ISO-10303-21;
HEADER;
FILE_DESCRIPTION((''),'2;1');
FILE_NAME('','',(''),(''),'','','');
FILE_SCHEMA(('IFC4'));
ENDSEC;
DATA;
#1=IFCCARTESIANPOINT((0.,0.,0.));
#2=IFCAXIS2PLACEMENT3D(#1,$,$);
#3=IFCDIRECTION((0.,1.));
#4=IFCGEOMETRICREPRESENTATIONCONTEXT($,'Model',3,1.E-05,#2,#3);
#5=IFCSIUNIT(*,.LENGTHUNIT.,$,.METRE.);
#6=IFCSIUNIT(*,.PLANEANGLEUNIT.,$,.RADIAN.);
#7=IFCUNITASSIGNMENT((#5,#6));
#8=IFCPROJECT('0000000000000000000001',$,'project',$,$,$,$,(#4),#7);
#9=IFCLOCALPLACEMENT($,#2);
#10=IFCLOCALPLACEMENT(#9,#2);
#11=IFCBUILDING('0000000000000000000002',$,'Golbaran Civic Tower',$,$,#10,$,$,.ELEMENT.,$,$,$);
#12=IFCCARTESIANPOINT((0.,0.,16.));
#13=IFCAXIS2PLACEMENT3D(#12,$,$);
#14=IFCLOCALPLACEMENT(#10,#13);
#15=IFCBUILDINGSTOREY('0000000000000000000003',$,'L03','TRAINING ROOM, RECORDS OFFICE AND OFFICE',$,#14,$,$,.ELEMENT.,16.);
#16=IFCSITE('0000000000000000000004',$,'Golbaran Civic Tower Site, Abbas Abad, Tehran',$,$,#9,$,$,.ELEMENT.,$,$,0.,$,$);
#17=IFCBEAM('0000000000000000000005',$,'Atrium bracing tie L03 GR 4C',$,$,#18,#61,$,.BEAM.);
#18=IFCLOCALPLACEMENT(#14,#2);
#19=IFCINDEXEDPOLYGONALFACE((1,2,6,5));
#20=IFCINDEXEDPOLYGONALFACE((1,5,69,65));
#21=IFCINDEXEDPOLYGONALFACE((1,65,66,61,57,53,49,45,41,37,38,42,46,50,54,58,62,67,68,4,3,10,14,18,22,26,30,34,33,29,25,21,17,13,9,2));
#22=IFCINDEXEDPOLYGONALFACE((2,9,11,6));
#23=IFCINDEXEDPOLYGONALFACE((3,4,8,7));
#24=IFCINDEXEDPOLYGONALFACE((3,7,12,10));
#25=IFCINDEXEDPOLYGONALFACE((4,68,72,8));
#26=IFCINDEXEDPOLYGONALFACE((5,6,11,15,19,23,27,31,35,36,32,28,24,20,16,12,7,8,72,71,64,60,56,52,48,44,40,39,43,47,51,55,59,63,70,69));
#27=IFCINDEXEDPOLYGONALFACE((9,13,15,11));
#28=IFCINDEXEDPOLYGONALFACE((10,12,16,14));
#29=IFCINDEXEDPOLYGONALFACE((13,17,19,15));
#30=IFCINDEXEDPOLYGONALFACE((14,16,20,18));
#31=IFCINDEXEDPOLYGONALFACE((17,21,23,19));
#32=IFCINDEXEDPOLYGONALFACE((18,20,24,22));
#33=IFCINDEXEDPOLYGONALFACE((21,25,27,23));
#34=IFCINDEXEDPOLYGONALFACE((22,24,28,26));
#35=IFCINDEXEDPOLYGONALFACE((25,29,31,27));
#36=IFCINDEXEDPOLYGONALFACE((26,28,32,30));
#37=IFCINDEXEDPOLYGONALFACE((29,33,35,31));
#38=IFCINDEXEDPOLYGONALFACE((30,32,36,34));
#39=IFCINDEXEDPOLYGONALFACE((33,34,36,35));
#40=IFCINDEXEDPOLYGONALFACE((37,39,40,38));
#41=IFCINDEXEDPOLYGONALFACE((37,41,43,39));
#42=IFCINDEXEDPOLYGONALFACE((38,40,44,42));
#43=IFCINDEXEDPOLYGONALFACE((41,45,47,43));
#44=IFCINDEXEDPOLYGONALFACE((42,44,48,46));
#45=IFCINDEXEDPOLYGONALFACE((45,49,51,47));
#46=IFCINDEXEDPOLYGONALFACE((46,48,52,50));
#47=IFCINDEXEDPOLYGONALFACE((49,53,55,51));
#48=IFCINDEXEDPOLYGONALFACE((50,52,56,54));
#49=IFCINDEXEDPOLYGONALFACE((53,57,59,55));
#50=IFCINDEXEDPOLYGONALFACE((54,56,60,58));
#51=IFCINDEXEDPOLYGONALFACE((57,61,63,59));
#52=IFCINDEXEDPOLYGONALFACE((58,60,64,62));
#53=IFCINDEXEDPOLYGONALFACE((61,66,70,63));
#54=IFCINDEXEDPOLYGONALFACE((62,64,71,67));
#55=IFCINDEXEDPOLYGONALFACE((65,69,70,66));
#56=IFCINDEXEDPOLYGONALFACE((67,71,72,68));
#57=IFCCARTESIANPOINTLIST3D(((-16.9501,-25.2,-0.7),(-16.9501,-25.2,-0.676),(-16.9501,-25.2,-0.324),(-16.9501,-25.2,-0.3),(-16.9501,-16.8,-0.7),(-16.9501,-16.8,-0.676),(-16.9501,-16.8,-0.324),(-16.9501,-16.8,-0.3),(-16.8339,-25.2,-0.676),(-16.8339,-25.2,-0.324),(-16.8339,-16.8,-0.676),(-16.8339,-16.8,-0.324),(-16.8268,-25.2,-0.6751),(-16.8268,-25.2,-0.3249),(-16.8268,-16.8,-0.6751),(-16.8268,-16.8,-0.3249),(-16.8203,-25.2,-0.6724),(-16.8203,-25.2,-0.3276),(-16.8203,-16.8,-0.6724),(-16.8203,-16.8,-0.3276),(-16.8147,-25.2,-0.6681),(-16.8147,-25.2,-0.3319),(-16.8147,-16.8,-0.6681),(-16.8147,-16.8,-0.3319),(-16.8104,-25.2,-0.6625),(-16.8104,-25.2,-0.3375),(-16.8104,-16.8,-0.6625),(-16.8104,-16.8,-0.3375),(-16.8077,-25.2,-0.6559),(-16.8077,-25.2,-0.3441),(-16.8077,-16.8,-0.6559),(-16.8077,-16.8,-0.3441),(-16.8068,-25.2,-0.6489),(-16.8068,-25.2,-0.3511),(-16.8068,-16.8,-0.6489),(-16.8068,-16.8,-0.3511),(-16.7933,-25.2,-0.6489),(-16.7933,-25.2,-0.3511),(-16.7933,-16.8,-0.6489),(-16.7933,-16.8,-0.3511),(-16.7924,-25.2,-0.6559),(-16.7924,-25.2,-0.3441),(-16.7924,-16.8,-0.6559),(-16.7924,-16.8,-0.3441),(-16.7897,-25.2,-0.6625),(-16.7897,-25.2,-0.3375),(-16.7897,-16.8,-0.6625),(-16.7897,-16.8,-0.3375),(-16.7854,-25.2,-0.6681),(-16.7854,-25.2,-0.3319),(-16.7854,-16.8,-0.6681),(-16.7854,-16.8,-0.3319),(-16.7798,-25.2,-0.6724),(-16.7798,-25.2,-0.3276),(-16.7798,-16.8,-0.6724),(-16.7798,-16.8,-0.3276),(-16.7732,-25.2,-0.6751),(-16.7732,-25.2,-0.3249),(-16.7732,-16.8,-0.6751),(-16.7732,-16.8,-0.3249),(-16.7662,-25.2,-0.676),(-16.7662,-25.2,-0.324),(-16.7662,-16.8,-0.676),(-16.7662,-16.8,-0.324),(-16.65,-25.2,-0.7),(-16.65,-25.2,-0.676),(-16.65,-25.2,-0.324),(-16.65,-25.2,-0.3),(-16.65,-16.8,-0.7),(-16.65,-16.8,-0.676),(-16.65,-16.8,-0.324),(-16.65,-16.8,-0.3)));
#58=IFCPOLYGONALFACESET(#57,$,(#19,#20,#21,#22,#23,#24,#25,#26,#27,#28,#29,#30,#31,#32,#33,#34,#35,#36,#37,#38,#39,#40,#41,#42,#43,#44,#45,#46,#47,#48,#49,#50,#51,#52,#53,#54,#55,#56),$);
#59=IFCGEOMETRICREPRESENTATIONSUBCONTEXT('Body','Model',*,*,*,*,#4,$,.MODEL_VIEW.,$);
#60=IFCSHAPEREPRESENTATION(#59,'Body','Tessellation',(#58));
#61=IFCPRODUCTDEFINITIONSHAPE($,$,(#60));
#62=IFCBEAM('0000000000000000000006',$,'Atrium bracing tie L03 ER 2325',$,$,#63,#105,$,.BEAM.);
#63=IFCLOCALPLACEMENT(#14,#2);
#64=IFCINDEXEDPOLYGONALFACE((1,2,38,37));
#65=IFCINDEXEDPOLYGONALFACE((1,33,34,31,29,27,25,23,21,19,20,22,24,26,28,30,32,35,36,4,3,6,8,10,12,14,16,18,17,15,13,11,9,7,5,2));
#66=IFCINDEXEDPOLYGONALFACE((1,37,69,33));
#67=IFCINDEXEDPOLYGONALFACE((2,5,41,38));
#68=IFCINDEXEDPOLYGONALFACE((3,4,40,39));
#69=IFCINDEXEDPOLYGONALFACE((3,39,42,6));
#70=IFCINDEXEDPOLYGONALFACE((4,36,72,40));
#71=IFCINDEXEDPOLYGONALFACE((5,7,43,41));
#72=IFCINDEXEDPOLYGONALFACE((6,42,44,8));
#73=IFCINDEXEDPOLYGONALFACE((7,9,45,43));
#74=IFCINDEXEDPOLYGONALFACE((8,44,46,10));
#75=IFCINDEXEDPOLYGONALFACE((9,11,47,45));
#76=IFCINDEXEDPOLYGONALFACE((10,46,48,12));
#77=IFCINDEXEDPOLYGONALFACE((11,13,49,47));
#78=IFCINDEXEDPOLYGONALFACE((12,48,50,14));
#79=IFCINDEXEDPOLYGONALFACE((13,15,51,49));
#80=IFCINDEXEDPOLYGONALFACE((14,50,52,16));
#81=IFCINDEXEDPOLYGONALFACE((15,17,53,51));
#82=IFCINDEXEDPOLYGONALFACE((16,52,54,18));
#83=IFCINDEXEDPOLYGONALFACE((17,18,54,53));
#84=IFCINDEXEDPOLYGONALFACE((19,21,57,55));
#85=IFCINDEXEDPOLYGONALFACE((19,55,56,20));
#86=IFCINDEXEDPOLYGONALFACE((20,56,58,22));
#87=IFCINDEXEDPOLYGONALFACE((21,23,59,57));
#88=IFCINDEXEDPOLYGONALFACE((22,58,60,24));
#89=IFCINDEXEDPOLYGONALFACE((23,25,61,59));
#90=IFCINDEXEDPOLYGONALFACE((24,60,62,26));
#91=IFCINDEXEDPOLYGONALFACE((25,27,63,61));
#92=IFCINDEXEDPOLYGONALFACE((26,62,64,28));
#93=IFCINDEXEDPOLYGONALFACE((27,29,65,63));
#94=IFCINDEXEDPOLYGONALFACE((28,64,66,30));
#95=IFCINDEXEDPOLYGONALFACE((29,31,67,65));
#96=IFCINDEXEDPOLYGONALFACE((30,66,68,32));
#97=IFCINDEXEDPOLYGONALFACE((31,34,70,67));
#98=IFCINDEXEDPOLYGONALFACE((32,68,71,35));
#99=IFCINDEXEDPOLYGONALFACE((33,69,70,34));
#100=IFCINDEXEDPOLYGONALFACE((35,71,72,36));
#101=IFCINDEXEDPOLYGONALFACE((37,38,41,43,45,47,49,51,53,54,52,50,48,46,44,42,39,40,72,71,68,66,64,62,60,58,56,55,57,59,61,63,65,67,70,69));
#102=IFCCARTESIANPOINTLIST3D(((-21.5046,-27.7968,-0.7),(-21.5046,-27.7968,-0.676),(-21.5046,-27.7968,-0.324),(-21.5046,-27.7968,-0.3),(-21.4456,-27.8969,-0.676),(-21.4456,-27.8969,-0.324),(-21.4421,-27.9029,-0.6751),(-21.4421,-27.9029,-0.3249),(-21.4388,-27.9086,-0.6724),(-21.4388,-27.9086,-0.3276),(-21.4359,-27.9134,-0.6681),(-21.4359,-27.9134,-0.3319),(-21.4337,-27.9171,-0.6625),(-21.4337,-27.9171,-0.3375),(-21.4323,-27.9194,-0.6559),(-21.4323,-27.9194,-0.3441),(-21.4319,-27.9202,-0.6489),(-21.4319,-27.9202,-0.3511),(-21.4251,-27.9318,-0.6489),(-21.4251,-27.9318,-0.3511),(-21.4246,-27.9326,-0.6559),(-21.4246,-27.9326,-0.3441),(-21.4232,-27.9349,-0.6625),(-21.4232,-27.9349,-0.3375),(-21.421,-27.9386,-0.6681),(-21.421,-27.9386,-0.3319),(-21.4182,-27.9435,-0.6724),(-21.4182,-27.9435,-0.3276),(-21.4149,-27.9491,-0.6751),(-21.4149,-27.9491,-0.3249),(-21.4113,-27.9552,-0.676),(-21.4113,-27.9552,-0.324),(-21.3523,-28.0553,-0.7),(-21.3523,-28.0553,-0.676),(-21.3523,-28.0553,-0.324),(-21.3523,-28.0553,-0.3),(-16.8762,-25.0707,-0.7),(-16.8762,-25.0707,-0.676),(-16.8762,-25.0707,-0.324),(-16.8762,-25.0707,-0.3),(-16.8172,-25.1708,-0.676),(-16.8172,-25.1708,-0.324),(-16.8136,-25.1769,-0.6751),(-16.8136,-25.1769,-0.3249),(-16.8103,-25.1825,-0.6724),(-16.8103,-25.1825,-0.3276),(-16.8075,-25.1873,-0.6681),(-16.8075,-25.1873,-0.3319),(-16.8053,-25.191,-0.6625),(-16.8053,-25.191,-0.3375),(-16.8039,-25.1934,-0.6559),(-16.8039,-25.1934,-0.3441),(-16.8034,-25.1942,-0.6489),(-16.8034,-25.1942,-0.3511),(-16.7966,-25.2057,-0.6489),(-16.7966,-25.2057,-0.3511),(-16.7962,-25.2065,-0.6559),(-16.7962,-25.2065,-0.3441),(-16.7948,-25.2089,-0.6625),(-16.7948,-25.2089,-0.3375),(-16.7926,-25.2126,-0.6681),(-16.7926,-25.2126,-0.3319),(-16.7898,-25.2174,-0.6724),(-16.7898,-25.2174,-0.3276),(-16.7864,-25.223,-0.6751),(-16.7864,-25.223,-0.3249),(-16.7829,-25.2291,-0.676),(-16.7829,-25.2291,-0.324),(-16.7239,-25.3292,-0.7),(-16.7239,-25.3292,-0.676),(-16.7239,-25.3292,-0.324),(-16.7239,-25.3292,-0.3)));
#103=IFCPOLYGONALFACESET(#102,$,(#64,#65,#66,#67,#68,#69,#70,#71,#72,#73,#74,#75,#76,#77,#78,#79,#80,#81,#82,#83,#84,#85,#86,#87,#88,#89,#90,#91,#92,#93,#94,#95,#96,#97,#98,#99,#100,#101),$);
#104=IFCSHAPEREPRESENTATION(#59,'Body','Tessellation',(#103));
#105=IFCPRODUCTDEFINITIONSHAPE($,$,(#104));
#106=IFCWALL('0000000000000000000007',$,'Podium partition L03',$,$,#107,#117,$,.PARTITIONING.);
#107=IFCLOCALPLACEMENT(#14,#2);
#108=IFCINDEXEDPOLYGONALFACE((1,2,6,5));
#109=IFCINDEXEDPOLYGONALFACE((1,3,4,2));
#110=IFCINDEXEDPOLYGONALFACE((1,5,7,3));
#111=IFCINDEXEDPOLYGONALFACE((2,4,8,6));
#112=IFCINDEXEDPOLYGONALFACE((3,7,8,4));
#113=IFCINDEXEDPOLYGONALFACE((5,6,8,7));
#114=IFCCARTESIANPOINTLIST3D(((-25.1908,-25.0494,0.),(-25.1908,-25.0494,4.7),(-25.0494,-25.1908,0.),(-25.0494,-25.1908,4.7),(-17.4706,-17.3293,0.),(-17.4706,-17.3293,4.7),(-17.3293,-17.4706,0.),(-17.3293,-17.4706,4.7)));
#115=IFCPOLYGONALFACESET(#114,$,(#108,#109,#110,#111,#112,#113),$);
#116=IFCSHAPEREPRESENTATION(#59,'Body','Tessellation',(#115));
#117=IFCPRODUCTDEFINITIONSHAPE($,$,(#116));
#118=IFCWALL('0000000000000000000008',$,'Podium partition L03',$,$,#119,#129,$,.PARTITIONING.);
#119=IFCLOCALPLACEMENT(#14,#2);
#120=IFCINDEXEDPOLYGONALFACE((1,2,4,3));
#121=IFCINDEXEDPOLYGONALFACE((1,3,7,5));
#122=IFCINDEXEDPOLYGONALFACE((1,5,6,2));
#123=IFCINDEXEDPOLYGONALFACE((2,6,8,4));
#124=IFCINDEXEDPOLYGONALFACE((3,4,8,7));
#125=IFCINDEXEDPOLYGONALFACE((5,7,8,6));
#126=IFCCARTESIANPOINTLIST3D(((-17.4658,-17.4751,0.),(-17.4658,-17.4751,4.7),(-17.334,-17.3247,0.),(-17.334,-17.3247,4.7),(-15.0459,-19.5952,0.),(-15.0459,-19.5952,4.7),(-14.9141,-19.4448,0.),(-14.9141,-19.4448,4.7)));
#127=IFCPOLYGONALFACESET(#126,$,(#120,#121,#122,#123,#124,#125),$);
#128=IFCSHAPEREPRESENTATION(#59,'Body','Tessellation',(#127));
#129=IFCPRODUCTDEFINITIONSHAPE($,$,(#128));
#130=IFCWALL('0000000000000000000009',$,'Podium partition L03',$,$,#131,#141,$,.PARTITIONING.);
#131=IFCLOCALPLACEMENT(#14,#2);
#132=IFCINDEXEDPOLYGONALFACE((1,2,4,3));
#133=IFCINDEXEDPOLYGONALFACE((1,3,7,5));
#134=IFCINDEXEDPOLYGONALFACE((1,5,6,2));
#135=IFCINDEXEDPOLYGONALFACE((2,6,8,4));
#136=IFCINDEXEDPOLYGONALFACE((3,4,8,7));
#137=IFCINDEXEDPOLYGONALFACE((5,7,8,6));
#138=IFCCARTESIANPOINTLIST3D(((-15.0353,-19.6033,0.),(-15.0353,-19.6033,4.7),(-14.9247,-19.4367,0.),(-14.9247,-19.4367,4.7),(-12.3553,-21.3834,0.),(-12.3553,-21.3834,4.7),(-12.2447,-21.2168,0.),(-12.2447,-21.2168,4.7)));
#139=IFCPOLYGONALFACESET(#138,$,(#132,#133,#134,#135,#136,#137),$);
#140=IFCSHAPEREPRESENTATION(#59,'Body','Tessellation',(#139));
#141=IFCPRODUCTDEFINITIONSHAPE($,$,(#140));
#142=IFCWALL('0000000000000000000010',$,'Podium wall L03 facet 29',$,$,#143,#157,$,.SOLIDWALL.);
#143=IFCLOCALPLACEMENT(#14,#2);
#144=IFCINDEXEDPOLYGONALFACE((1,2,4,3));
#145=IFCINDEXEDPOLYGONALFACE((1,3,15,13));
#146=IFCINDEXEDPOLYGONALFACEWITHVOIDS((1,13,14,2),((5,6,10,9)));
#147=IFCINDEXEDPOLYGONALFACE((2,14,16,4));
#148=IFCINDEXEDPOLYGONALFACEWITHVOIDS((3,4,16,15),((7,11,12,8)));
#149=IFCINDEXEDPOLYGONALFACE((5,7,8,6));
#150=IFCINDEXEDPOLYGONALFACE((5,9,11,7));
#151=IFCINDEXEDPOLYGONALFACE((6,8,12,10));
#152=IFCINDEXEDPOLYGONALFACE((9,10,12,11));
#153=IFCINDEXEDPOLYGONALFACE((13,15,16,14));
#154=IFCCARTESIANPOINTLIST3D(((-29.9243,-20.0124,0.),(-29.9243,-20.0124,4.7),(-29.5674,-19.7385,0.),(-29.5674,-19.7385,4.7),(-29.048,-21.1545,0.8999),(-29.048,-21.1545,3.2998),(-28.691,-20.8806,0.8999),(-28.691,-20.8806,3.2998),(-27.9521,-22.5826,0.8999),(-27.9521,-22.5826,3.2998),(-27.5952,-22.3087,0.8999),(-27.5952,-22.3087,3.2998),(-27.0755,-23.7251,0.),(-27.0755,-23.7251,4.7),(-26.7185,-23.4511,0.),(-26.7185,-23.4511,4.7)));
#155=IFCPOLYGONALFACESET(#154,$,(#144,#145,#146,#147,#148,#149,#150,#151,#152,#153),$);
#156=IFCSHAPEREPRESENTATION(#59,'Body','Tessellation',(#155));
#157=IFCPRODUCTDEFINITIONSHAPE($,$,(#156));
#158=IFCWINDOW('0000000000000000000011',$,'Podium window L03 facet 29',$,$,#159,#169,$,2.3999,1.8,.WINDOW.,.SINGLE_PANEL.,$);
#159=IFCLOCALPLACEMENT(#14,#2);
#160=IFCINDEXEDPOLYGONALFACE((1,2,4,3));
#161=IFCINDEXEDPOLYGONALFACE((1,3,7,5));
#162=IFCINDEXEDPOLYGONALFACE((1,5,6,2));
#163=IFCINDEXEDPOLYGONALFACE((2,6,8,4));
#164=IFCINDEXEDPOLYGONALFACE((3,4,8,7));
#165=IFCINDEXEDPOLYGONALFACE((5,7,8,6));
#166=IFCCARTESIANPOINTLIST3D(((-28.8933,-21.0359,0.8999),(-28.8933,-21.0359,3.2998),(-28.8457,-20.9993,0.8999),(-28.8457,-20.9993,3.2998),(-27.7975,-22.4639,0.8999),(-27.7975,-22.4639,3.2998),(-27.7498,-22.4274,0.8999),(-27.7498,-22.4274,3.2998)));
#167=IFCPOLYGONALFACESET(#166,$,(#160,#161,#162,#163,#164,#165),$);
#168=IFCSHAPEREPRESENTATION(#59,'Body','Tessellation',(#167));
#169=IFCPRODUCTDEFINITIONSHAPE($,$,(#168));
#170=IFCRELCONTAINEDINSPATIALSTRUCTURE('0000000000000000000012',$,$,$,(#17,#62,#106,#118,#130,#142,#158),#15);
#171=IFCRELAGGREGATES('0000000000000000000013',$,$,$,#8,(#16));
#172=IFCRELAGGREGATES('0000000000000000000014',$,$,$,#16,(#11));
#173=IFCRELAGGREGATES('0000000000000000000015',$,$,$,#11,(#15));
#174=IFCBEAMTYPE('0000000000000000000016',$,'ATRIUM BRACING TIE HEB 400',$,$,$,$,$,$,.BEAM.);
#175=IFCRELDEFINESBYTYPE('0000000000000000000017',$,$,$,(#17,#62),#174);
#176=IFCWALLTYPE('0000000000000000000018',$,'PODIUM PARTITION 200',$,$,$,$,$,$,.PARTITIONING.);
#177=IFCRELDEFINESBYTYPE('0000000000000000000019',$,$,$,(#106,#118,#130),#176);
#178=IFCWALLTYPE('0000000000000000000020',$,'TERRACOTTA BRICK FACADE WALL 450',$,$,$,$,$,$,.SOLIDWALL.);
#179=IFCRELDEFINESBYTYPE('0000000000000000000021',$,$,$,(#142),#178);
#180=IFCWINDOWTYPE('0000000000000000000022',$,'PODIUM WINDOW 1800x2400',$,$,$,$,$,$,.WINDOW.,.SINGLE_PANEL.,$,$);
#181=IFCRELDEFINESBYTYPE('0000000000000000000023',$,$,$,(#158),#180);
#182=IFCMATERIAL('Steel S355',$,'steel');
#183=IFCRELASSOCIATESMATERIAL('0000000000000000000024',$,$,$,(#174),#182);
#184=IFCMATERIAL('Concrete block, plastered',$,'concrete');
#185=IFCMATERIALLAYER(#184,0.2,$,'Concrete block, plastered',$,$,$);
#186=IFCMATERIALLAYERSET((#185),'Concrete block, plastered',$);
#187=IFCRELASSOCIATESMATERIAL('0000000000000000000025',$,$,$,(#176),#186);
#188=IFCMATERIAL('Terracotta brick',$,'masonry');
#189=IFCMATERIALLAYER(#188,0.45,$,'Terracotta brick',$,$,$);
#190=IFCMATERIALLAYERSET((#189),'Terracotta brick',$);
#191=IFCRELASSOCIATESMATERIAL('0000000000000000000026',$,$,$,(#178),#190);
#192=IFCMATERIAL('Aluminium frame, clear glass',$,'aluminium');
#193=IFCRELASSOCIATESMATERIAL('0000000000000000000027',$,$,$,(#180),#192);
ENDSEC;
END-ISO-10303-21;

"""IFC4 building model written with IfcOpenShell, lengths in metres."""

from ifc_helpers import new_model, si_unit, direction, frame, frame_2d, origin, origin_2d, place, context, subcontext, project, spatial, rectangle, i_section, extrude, material, layer, layer_set, material_profile, profile_set, type_object, element, fill, save


model = new_model("IFC4")

# Units and contexts
model_context = context("Model", 3, precision=1e-05, world=origin(), true_north=direction((0.0, 1.0)))
body_context = subcontext(model_context, "Body", "Model", "MODEL_VIEW")
ifc_project = project(units=[si_unit("LENGTHUNIT", "METRE"), si_unit("PLANEANGLEUNIT", "RADIAN")], contexts=[model_context])

# Site, building, storey
site_placement = place(None, origin())
site = spatial("IfcSite", under=ifc_project, at=site_placement, Name="Golbaran Civic Tower Site, Abbas Abad, Tehran", CompositionType="ELEMENT", RefElevation=0.0)
building_placement = place(site_placement, origin())
building = spatial("IfcBuilding", under=site, at=building_placement, Name="Golbaran Civic Tower", CompositionType="ELEMENT")
storey_placement = place(building_placement, frame((0.0, 0.0, 16.0)))
storey = spatial("IfcBuildingStorey", under=building, at=storey_placement, Name="L03", Description="TRAINING ROOM, RECORDS OFFICE AND OFFICE", CompositionType="ELEMENT", Elevation=16.0)

# Beams
ifc_material_1 = material(Name="Steel S355", Category="steel")
ifc_material_profile_1 = material_profile(ifc_material_1, i_section(OverallWidth=0.3, OverallDepth=0.3999, WebThickness=0.0134, FlangeThickness=0.0239, FilletRadius=0.0271, at=origin_2d()), Name="HEB 400")
ifc_profile_set_1 = profile_set([ifc_material_profile_1], Name="Steel S355")
beam_type = type_object("IfcBeamType", Name="ATRIUM BRACING TIE HEB 400", PredefinedType="BEAM", material=ifc_profile_set_1)
beam_1_placement = place(storey_placement, frame((-16.8, -25.2, -0.5), z_axis=(0.0, 1.0, 0.0), x_axis=(-1.0, 0.0, 0.0)))
element("IfcBeam", 1, at=beam_1_placement, inside=storey, type_object=beam_type, Name="Atrium bracing tie L03 GR 4C", PredefinedType="BEAM", context=body_context, shape_type="SweptSolid", body=[
    extrude(i_section(OverallWidth=0.3, OverallDepth=0.3999, WebThickness=0.0134, FlangeThickness=0.0239, FilletRadius=0.0271, at=origin_2d()), origin(), (0.0, 0.0, 1.0), 8.3999),
])
beam_2_placement = place(storey_placement, frame((-21.4285, -27.926, -0.5), z_axis=(0.861651, 0.507501, 0.0), x_axis=(-0.507501, 0.861651, 0.0)))
element("IfcBeam", 2, at=beam_2_placement, inside=storey, type_object=beam_type, Name="Atrium bracing tie L03 ER 2325", PredefinedType="BEAM", context=body_context, shape_type="SweptSolid", body=[
    extrude(i_section(OverallWidth=0.3, OverallDepth=0.3999, WebThickness=0.0134, FlangeThickness=0.0239, FilletRadius=0.0271, at=origin_2d()), origin(), (0.0, 0.0, 1.0), 5.3716),
])

# Walls
ifc_material_2 = material(Name="Concrete block, plastered", Category="concrete")
ifc_layer_1 = layer(ifc_material_2, 0.2, Name="Concrete block, plastered")
ifc_layer_set_1 = layer_set([ifc_layer_1], Name="Concrete block, plastered")
wall_type_1 = type_object("IfcWallType", Name="PODIUM PARTITION 200", PredefinedType="PARTITIONING", material=ifc_layer_set_1)
wall_1_placement = place(storey_placement, frame((-25.1201, -25.1201, 0.0), z_axis=(0.0, 0.0, 1.0), x_axis=(0.707107, 0.707107, 0.0)))
element("IfcWall", 3, at=wall_1_placement, inside=storey, type_object=wall_type_1, Name="Podium partition L03", PredefinedType="PARTITIONING", context=body_context, shape_type="SweptSolid", body=[
    extrude(rectangle(XDim=10.918, YDim=0.2, at=frame_2d((5.459, 0.0))), origin(), (0.0, 0.0, 1.0), 4.7),
])
for number, where, z_axis, x_axis, name in (
    (4, (-17.3999, -17.3999, 0.0), (0.0, 0.0, 1.0), (0.752163, -0.658977, 0.0), "Podium partition L03"),
    (5, (-14.98, -19.52, 0.0), (0.0, 0.0, 1.0), (0.832995, -0.553281, 0.0), "Podium partition L03"),
):
    element("IfcWall", number, at=place(storey_placement, frame(where, z_axis=z_axis, x_axis=x_axis)), inside=storey, type_object=wall_type_1, Name=name, PredefinedType="PARTITIONING", context=body_context, shape_type="SweptSolid", body=[
        extrude(rectangle(XDim=3.2173, YDim=0.2, at=frame_2d((1.6086, 0.0))), origin(), (0.0, 0.0, 1.0), 4.7),
    ])

# Wall, opening, window
ifc_material_3 = material(Name="Terracotta brick", Category="masonry")
ifc_layer_2 = layer(ifc_material_3, 0.45, Name="Terracotta brick")
ifc_layer_set_2 = layer_set([ifc_layer_2], Name="Terracotta brick")
wall_type_2 = type_object("IfcWallType", Name="TERRACOTTA BRICK FACADE WALL 450", PredefinedType="SOLIDWALL", material=ifc_layer_set_2)
wall_2_placement = place(storey_placement, frame((-29.7458, -19.8755, 0.0), z_axis=(0.0, 0.0, 1.0), x_axis=(0.60877, -0.793347, 0.0)))
wall_2 = element("IfcWall", 6, at=wall_2_placement, inside=storey, type_object=wall_type_2, Name="Podium wall L03 facet 29", PredefinedType="SOLIDWALL", context=body_context, shape_type="SweptSolid", body=[
    extrude(rectangle(XDim=4.6797, YDim=0.45, at=frame_2d((2.3398, 0.0))), origin(), (0.0, 0.0, 1.0), 4.7),
])
opening_1_placement = place(wall_2_placement, frame((1.4397, 0.0, 0.8999)))
opening_1 = element("IfcOpeningElement", 7, at=opening_1_placement, cuts=wall_2, PredefinedType="OPENING", context=body_context, shape_type="SweptSolid", body=[
    extrude(rectangle(XDim=1.8, YDim=2.3999, at=frame_2d((0.8999, 1.2))), frame((0.0, 0.2349, 0.0), z_axis=(0.0, -1.0, 0.0), x_axis=(1.0, 0.0, 0.0)), (0.0, 0.0, 1.0), 0.47),
])
ifc_material_4 = material(Name="Aluminium frame, clear glass", Category="aluminium")
window_type_1 = type_object("IfcWindowType", Name="PODIUM WINDOW 1800x2400", PartitioningType="SINGLE_PANEL", PredefinedType="WINDOW", material=ifc_material_4)
window_1_placement = place(opening_1_placement, origin())
window_1 = element("IfcWindow", 8, at=window_1_placement, inside=storey, type_object=window_type_1, Name="Podium window L03 facet 29", OverallHeight=2.3999, OverallWidth=1.8, PartitioningType="SINGLE_PANEL", PredefinedType="WINDOW", context=body_context, shape_type="SweptSolid", body=[
    extrude(rectangle(XDim=1.8, YDim=2.3999, at=frame_2d((0.8999, 1.2))), frame((0.0, 0.03, 0.0), z_axis=(0.0, -1.0, 0.0), x_axis=(1.0, 0.0, 0.0)), (0.0, 0.0, 1.0), 0.0601),
])
fill(opening_1, window_1)

save(model, "model.ifc")
